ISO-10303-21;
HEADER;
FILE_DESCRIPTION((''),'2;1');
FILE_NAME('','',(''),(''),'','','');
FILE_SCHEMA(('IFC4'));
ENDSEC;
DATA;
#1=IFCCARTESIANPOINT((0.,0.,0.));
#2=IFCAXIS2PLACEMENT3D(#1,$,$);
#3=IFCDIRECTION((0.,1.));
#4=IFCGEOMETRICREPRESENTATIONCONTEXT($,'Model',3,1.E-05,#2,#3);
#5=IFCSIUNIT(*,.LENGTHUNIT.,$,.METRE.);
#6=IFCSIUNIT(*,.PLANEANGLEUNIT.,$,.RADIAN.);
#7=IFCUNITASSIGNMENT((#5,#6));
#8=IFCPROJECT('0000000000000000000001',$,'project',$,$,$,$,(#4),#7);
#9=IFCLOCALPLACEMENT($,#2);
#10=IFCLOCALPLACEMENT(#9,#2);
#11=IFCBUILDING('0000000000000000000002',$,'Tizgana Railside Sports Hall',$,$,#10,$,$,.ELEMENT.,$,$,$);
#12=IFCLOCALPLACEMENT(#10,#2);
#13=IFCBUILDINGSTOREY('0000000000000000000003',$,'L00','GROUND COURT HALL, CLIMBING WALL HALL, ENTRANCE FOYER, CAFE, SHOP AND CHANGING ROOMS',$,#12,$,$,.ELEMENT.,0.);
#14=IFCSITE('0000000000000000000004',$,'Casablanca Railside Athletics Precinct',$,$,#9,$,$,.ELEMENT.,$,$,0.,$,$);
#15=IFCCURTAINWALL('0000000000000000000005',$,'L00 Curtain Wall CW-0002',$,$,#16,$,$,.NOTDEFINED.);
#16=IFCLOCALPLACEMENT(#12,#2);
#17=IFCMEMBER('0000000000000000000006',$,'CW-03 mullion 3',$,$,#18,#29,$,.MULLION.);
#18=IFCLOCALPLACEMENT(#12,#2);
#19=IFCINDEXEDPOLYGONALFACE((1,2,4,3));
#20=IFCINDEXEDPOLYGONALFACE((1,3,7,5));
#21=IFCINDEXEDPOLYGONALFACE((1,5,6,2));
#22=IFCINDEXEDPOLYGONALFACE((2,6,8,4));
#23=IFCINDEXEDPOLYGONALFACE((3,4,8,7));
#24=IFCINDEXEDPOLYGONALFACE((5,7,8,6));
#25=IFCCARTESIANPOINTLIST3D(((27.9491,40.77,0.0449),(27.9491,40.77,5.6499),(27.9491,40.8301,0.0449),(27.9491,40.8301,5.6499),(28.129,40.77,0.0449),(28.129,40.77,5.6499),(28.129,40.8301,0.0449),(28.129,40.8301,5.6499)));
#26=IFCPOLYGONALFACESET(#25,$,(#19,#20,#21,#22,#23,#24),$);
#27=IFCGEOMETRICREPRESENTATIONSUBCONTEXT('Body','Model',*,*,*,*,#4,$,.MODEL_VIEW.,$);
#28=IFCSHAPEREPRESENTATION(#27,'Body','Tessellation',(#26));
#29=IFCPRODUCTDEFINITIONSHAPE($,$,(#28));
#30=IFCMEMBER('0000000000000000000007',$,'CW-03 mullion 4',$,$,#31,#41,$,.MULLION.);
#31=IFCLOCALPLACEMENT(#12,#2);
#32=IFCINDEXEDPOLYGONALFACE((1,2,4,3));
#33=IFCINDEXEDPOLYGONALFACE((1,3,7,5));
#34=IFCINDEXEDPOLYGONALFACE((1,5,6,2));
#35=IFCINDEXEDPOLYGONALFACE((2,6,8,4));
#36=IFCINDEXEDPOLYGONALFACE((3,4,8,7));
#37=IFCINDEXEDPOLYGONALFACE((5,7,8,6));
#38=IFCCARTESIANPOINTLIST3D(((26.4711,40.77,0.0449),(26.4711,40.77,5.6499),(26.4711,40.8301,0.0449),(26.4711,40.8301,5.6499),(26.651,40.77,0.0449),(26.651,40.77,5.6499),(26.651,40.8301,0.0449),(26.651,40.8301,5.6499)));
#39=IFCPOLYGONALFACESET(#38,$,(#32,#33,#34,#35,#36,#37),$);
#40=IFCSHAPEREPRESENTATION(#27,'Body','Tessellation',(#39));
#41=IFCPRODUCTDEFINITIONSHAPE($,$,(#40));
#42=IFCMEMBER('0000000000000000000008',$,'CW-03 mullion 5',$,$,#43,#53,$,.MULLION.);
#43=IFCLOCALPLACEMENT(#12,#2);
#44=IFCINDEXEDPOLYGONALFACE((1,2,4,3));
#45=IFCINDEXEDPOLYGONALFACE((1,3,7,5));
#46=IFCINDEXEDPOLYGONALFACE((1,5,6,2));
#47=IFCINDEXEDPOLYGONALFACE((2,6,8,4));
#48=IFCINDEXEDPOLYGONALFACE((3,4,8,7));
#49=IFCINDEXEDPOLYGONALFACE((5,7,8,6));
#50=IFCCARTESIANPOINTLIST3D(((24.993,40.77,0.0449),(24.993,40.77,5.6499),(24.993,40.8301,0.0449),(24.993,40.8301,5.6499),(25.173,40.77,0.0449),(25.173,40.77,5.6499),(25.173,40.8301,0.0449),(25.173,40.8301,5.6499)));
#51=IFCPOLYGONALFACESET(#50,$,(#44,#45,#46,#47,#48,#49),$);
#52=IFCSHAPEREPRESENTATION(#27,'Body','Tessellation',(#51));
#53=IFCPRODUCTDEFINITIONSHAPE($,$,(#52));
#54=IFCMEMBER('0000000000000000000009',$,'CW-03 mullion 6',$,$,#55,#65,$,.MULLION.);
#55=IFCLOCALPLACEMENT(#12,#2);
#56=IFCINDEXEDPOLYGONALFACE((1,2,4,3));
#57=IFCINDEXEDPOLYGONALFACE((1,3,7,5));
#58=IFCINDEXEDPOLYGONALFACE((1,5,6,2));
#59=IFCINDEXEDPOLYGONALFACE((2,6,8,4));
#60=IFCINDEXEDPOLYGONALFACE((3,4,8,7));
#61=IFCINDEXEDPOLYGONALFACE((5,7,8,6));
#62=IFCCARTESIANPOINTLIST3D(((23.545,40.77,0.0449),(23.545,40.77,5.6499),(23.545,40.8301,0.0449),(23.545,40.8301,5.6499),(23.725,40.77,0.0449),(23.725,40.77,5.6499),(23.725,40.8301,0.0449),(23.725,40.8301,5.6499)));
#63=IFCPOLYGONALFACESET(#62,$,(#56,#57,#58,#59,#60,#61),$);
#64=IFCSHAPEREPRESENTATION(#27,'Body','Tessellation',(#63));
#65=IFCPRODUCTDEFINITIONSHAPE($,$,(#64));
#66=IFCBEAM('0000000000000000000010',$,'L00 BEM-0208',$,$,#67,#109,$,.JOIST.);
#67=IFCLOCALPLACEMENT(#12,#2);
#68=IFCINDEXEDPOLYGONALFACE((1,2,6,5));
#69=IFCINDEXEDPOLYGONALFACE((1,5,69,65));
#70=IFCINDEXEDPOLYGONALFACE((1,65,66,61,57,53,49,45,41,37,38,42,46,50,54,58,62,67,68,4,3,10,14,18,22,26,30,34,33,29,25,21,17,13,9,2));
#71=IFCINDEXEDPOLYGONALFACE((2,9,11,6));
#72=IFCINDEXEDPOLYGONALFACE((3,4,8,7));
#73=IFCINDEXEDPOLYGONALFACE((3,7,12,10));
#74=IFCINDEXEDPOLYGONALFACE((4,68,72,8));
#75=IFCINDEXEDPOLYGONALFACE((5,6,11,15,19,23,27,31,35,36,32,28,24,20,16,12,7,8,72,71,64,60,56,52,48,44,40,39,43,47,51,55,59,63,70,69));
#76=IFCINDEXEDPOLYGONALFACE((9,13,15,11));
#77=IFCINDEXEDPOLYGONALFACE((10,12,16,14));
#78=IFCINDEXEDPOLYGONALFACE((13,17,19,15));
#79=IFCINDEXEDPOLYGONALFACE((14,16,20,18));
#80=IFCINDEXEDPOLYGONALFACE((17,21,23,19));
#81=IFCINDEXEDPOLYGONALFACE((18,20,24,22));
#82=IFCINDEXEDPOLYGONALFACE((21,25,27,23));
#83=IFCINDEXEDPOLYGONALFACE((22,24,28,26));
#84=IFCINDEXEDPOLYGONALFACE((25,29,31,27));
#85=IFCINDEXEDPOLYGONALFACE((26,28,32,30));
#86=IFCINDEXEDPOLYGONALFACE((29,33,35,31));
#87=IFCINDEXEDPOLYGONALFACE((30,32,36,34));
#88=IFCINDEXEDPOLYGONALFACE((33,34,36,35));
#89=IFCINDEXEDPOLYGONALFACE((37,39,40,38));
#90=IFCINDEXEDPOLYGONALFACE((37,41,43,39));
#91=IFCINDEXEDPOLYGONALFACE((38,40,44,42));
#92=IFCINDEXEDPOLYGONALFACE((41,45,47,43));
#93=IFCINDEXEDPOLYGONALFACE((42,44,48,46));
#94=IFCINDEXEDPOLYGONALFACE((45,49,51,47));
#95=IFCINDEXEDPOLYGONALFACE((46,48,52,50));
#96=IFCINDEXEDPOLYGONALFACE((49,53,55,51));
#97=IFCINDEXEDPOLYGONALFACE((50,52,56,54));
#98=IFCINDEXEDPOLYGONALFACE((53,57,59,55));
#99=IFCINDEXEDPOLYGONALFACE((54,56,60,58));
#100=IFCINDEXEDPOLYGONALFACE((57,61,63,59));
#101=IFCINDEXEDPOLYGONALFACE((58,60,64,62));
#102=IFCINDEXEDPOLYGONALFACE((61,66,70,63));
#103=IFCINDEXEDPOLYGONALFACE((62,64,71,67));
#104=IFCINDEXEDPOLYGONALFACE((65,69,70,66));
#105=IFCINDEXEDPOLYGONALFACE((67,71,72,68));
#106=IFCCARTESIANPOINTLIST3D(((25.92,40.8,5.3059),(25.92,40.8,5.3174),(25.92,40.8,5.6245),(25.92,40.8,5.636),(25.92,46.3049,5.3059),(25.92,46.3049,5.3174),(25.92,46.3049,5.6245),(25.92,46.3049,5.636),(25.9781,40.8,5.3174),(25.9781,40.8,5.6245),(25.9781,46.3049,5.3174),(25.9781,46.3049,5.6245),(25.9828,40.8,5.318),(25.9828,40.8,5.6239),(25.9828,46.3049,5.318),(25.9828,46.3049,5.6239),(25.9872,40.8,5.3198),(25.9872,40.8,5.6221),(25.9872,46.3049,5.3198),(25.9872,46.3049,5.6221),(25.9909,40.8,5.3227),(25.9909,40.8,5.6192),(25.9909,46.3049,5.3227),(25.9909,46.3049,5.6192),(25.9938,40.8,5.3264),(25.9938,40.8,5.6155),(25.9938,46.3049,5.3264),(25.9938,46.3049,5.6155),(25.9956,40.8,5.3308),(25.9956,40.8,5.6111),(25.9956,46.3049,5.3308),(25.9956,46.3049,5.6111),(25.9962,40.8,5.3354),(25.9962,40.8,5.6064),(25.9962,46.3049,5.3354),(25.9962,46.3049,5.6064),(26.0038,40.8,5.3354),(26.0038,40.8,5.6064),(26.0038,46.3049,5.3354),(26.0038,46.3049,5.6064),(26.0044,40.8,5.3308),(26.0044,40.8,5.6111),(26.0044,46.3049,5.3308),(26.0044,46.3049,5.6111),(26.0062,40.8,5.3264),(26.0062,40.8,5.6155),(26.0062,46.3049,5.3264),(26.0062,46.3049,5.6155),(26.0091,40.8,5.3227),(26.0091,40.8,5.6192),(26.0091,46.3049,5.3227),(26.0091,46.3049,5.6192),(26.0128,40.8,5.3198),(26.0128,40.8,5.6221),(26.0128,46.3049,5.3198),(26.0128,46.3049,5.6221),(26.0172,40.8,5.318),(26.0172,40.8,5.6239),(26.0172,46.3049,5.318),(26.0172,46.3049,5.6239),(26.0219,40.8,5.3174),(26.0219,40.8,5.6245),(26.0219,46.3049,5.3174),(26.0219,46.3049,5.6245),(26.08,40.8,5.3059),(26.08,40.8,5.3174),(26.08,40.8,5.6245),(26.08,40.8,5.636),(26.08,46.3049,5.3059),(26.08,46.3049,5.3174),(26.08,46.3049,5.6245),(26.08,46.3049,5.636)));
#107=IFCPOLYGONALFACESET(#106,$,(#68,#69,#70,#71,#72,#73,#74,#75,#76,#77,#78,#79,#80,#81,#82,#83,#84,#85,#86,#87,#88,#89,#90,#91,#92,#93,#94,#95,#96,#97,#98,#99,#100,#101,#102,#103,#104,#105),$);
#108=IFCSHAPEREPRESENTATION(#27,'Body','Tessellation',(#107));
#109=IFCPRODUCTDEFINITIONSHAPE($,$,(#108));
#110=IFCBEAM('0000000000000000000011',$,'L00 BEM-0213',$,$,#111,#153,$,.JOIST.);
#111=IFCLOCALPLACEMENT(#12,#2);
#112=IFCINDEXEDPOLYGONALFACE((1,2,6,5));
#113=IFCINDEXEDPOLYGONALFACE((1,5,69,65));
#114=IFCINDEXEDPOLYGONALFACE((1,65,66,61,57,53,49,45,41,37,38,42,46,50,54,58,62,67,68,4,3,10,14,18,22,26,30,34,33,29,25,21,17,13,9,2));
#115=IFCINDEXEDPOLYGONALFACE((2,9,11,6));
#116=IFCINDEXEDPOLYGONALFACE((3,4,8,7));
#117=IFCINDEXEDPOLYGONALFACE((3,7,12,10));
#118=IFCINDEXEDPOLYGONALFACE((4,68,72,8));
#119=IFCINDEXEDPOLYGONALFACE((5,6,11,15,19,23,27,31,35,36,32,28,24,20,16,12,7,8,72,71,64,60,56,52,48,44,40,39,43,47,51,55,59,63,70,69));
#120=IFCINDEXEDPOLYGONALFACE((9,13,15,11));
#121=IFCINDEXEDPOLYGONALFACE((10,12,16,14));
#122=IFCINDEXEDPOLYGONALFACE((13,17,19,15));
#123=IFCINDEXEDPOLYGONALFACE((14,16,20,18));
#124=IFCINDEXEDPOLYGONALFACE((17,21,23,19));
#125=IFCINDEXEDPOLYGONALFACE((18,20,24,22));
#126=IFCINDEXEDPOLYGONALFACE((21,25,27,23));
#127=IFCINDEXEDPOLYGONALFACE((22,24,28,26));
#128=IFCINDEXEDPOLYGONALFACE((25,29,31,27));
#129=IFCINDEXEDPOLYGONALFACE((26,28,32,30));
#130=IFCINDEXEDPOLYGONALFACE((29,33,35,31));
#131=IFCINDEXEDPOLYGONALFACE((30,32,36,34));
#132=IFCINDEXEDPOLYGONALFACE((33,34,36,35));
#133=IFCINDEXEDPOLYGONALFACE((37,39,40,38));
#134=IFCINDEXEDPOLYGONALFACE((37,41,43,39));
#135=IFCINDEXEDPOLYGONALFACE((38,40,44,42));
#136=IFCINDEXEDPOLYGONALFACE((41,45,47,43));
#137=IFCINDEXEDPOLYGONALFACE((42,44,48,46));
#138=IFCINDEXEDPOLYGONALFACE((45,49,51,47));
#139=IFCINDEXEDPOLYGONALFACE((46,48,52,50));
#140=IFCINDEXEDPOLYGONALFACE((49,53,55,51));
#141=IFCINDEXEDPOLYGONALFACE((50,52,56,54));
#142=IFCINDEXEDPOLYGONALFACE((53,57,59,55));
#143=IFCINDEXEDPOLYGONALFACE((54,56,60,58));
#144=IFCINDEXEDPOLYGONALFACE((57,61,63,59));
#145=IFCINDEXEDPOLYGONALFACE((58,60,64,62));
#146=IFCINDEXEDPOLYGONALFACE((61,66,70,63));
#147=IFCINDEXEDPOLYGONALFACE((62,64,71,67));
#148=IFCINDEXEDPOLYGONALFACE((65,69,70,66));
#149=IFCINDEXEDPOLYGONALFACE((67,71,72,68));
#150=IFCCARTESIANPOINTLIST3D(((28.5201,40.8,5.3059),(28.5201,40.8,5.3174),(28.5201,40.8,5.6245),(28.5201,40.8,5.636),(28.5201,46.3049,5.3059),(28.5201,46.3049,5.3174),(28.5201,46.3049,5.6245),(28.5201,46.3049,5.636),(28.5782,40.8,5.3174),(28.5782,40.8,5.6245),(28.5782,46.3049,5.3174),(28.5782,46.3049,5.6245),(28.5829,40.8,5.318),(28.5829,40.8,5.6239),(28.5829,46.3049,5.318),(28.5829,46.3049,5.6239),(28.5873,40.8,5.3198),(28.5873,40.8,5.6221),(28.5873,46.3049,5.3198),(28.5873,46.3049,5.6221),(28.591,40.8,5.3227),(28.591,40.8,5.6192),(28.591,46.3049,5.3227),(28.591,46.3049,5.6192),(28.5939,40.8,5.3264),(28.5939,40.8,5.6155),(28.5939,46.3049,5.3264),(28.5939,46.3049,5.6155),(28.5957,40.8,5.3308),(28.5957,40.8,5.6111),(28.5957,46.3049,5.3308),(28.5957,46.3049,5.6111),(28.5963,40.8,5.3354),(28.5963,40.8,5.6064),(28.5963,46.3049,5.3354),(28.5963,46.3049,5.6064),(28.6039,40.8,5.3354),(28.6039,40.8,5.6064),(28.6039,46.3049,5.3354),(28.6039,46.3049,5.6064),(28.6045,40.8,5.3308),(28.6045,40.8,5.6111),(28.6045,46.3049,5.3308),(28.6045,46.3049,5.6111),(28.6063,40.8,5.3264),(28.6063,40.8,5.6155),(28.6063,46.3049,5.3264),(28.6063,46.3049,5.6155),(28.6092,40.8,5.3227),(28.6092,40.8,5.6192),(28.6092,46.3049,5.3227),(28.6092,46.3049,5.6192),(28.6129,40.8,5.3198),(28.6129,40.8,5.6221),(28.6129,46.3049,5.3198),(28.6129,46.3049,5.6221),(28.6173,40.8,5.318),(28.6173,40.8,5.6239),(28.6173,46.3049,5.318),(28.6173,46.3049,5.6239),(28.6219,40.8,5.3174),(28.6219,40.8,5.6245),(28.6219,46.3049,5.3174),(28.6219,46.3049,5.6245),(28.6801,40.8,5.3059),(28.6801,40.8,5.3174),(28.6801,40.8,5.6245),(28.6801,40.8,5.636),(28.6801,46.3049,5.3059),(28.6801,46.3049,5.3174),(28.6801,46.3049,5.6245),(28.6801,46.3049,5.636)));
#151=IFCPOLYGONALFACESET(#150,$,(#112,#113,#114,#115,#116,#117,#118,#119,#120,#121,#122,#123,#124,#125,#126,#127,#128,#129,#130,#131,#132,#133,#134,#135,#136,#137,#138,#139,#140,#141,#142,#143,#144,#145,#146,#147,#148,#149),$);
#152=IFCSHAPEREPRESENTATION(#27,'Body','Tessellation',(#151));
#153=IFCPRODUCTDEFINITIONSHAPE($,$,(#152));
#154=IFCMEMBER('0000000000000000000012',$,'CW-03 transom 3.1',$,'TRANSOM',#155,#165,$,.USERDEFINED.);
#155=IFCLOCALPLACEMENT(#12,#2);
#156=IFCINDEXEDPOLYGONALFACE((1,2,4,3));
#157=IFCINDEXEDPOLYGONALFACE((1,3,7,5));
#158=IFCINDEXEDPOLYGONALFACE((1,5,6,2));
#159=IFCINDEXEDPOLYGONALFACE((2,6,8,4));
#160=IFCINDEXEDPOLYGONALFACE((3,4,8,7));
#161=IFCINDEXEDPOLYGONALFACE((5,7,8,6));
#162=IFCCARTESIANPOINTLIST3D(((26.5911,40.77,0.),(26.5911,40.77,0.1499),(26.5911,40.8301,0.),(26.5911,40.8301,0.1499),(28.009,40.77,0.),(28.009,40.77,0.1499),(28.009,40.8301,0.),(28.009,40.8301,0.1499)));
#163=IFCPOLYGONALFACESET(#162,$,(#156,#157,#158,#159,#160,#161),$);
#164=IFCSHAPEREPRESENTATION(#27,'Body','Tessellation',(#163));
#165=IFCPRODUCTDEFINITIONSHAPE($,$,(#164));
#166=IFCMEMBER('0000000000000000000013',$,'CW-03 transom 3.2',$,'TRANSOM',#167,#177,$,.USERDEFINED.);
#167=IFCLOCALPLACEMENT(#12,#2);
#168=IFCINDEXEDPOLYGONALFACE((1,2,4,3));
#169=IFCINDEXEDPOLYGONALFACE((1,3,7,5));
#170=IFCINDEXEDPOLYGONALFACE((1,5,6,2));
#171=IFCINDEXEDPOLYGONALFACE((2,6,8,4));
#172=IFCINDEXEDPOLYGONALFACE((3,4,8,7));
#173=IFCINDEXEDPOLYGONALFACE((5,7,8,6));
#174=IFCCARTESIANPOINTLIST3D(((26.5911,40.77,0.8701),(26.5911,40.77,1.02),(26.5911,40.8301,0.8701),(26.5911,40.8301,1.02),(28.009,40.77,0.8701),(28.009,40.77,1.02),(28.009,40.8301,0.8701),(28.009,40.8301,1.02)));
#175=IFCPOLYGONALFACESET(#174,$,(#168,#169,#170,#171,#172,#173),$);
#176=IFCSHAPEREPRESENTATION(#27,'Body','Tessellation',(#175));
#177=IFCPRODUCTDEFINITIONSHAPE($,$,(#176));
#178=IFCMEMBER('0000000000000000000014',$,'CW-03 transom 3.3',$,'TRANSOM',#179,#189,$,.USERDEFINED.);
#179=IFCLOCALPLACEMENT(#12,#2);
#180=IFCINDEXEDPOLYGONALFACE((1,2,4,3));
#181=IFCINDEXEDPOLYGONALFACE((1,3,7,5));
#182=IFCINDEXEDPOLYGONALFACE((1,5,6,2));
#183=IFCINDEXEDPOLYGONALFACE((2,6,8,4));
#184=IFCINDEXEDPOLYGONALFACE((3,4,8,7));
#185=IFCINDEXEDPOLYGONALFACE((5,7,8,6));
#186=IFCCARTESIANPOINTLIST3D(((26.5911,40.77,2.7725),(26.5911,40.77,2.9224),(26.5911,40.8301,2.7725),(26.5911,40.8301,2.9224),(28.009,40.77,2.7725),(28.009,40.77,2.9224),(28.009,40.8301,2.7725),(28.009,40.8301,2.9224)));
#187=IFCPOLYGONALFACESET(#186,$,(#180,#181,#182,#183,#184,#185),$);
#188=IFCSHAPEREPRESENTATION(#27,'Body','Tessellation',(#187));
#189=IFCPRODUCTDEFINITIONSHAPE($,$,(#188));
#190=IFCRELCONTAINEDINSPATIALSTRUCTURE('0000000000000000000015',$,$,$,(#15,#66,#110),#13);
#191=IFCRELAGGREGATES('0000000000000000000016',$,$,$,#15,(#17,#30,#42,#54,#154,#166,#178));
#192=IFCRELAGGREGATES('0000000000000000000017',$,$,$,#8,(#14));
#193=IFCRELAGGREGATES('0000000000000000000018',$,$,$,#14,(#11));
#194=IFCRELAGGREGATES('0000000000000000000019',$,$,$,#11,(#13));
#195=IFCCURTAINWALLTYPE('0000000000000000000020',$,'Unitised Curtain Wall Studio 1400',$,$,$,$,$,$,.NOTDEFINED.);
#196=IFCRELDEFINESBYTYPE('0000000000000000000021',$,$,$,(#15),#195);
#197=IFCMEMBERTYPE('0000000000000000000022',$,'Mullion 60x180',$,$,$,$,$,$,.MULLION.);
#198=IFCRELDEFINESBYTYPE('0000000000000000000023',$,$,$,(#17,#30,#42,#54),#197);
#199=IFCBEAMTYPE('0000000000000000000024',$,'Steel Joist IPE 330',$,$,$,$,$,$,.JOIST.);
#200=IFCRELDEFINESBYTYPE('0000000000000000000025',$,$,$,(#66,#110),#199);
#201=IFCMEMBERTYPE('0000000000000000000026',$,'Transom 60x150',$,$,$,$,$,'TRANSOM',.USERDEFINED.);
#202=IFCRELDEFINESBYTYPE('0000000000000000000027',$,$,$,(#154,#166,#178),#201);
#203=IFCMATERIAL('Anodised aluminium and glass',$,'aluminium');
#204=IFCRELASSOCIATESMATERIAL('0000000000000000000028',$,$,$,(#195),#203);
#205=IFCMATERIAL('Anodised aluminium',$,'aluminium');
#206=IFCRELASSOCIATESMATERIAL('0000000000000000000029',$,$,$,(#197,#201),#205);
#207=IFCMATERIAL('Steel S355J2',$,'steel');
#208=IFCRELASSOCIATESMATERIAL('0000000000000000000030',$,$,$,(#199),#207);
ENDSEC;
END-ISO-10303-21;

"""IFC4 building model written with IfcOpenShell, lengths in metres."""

from ifc_helpers import new_model, si_unit, direction, frame, origin, origin_2d, place, context, subcontext, project, spatial, rectangle, i_section, extrude, material, material_profile, profile_set, type_object, element, aggregate, save


model = new_model("IFC4")

# Units and contexts
model_context = context("Model", 3, precision=1e-05, world=origin(), true_north=direction((0.0, 1.0)))
body_context = subcontext(model_context, "Body", "Model", "MODEL_VIEW")
ifc_project = project(units=[si_unit("LENGTHUNIT", "METRE"), si_unit("PLANEANGLEUNIT", "RADIAN")], contexts=[model_context])

# Site, building, storey
site_placement = place(None, origin())
site = spatial("IfcSite", under=ifc_project, at=site_placement, Name="Casablanca Railside Athletics Precinct", CompositionType="ELEMENT", RefElevation=0.0)
building_placement = place(site_placement, origin())
building = spatial("IfcBuilding", under=site, at=building_placement, Name="Tizgana Railside Sports Hall", CompositionType="ELEMENT")
storey_placement = place(building_placement, origin())
storey = spatial("IfcBuildingStorey", under=building, at=storey_placement, Name="L00", Description="GROUND COURT HALL, CLIMBING WALL HALL, ENTRANCE FOYER, CAFE, SHOP AND CHANGING ROOMS", CompositionType="ELEMENT", Elevation=0.0)

# Curtain wall, members
ifc_material_1 = material(Name="Anodised aluminium and glass", Category="aluminium")
curtain_wall_type = type_object("IfcCurtainWallType", Name="Unitised Curtain Wall Studio 1400", PredefinedType="NOTDEFINED", material=ifc_material_1)
curtain_wall_placement = place(storey_placement, origin())
curtain_wall = element("IfcCurtainWall", 1, at=curtain_wall_placement, inside=storey, type_object=curtain_wall_type, Name="L00 Curtain Wall CW-0002", PredefinedType="NOTDEFINED")
ifc_material_2 = material(Name="Anodised aluminium", Category="aluminium")
ifc_material_profile_1 = material_profile(ifc_material_2, rectangle(XDim=0.0601, YDim=0.1799, at=origin_2d()), Name="Mullion 60x180")
ifc_profile_set_1 = profile_set([ifc_material_profile_1], Name="Anodised aluminium")
member_type_1 = type_object("IfcMemberType", Name="Mullion 60x180", PredefinedType="MULLION", material=ifc_profile_set_1)
member_1_placement = place(storey_placement, frame((28.0391, 40.8, 0.0449), z_axis=(0.0, 0.0, 1.0), x_axis=(0.0, -1.0, 0.0)))
member_1 = element("IfcMember", 2, at=member_1_placement, type_object=member_type_1, Name="CW-03 mullion 3", PredefinedType="MULLION", context=body_context, shape_type="SweptSolid", body=[
    extrude(rectangle(XDim=0.0601, YDim=0.1799, at=origin_2d()), origin(), (0.0, 0.0, 1.0), 5.605),
])
member_2_placement = place(storey_placement, frame((26.561, 40.8, 0.0449), z_axis=(0.0, 0.0, 1.0), x_axis=(0.0, -1.0, 0.0)))
member_2 = element("IfcMember", 3, at=member_2_placement, type_object=member_type_1, Name="CW-03 mullion 4", PredefinedType="MULLION", context=body_context, shape_type="SweptSolid", body=[
    extrude(rectangle(XDim=0.0601, YDim=0.1799, at=origin_2d()), origin(), (0.0, 0.0, 1.0), 5.605),
])
member_3_placement = place(storey_placement, frame((25.083, 40.8, 0.0449), z_axis=(0.0, 0.0, 1.0), x_axis=(0.0, -1.0, 0.0)))
member_3 = element("IfcMember", 4, at=member_3_placement, type_object=member_type_1, Name="CW-03 mullion 5", PredefinedType="MULLION", context=body_context, shape_type="SweptSolid", body=[
    extrude(rectangle(XDim=0.0601, YDim=0.1799, at=origin_2d()), origin(), (0.0, 0.0, 1.0), 5.605),
])
member_4_placement = place(storey_placement, frame((23.635, 40.8, 0.0449), z_axis=(0.0, 0.0, 1.0), x_axis=(0.0, -1.0, 0.0)))
member_4 = element("IfcMember", 5, at=member_4_placement, type_object=member_type_1, Name="CW-03 mullion 6", PredefinedType="MULLION", context=body_context, shape_type="SweptSolid", body=[
    extrude(rectangle(XDim=0.0601, YDim=0.1799, at=origin_2d()), origin(), (0.0, 0.0, 1.0), 5.605),
])

# Beams
ifc_material_3 = material(Name="Steel S355J2", Category="steel")
ifc_material_profile_2 = material_profile(ifc_material_3, i_section(OverallWidth=0.1599, OverallDepth=0.3301, WebThickness=0.0076, FlangeThickness=0.0115, FilletRadius=0.0181, at=origin_2d()), Name="IPE 330")
ifc_profile_set_2 = profile_set([ifc_material_profile_2], Name="Steel S355J2")
beam_type = type_object("IfcBeamType", Name="Steel Joist IPE 330", PredefinedType="JOIST", material=ifc_profile_set_2)
for number, where, z_axis, x_axis, name in (
    (6, (26.0, 40.8, 5.4709), (0.0, 1.0, 0.0), (-1.0, 0.0, 0.0), "L00 BEM-0208"),
    (7, (28.6001, 40.8, 5.4709), (0.0, 1.0, 0.0), (-1.0, 0.0, 0.0), "L00 BEM-0213"),
):
    element("IfcBeam", number, at=place(storey_placement, frame(where, z_axis=z_axis, x_axis=x_axis)), inside=storey, type_object=beam_type, Name=name, PredefinedType="JOIST", context=body_context, shape_type="SweptSolid", body=[
        extrude(i_section(OverallWidth=0.1599, OverallDepth=0.3301, WebThickness=0.0076, FlangeThickness=0.0115, FilletRadius=0.0181, at=origin_2d()), origin(), (0.0, 0.0, 1.0), 5.5049),
    ])

# Members
ifc_material_profile_3 = material_profile(ifc_material_2, rectangle(XDim=0.0601, YDim=0.1499, at=origin_2d()), Name="Transom 60x150")
ifc_profile_set_3 = profile_set([ifc_material_profile_3], Name="Anodised aluminium")
member_type_2 = type_object("IfcMemberType", Name="Transom 60x150", ElementType="TRANSOM", PredefinedType="USERDEFINED", material=ifc_profile_set_3)
member_5_placement = place(storey_placement, frame((28.009, 40.8, 0.075), z_axis=(-1.0, 0.0, 0.0), x_axis=(0.0, -1.0, 0.0)))
member_5 = element("IfcMember", 8, at=member_5_placement, type_object=member_type_2, Name="CW-03 transom 3.1", ObjectType="TRANSOM", PredefinedType="USERDEFINED", context=body_context, shape_type="SweptSolid", body=[
    extrude(rectangle(XDim=0.0601, YDim=0.1499, at=origin_2d()), origin(), (0.0, 0.0, 1.0), 1.418),
])
member_6_placement = place(storey_placement, frame((28.009, 40.8, 0.9451), z_axis=(-1.0, 0.0, 0.0), x_axis=(0.0, -1.0, 0.0)))
member_6 = element("IfcMember", 9, at=member_6_placement, type_object=member_type_2, Name="CW-03 transom 3.2", ObjectType="TRANSOM", PredefinedType="USERDEFINED", context=body_context, shape_type="SweptSolid", body=[
    extrude(rectangle(XDim=0.0601, YDim=0.1499, at=origin_2d()), origin(), (0.0, 0.0, 1.0), 1.418),
])
member_7_placement = place(storey_placement, frame((28.009, 40.8, 2.8474), z_axis=(-1.0, 0.0, 0.0), x_axis=(0.0, -1.0, 0.0)))
member_7 = element("IfcMember", 10, at=member_7_placement, type_object=member_type_2, Name="CW-03 transom 3.3", ObjectType="TRANSOM", PredefinedType="USERDEFINED", context=body_context, shape_type="SweptSolid", body=[
    extrude(rectangle(XDim=0.0601, YDim=0.1499, at=origin_2d()), origin(), (0.0, 0.0, 1.0), 1.418),
])

aggregate(curtain_wall, [member_1, member_2, member_3, member_4, member_5, member_6, member_7])

save(model, "model.ifc")
